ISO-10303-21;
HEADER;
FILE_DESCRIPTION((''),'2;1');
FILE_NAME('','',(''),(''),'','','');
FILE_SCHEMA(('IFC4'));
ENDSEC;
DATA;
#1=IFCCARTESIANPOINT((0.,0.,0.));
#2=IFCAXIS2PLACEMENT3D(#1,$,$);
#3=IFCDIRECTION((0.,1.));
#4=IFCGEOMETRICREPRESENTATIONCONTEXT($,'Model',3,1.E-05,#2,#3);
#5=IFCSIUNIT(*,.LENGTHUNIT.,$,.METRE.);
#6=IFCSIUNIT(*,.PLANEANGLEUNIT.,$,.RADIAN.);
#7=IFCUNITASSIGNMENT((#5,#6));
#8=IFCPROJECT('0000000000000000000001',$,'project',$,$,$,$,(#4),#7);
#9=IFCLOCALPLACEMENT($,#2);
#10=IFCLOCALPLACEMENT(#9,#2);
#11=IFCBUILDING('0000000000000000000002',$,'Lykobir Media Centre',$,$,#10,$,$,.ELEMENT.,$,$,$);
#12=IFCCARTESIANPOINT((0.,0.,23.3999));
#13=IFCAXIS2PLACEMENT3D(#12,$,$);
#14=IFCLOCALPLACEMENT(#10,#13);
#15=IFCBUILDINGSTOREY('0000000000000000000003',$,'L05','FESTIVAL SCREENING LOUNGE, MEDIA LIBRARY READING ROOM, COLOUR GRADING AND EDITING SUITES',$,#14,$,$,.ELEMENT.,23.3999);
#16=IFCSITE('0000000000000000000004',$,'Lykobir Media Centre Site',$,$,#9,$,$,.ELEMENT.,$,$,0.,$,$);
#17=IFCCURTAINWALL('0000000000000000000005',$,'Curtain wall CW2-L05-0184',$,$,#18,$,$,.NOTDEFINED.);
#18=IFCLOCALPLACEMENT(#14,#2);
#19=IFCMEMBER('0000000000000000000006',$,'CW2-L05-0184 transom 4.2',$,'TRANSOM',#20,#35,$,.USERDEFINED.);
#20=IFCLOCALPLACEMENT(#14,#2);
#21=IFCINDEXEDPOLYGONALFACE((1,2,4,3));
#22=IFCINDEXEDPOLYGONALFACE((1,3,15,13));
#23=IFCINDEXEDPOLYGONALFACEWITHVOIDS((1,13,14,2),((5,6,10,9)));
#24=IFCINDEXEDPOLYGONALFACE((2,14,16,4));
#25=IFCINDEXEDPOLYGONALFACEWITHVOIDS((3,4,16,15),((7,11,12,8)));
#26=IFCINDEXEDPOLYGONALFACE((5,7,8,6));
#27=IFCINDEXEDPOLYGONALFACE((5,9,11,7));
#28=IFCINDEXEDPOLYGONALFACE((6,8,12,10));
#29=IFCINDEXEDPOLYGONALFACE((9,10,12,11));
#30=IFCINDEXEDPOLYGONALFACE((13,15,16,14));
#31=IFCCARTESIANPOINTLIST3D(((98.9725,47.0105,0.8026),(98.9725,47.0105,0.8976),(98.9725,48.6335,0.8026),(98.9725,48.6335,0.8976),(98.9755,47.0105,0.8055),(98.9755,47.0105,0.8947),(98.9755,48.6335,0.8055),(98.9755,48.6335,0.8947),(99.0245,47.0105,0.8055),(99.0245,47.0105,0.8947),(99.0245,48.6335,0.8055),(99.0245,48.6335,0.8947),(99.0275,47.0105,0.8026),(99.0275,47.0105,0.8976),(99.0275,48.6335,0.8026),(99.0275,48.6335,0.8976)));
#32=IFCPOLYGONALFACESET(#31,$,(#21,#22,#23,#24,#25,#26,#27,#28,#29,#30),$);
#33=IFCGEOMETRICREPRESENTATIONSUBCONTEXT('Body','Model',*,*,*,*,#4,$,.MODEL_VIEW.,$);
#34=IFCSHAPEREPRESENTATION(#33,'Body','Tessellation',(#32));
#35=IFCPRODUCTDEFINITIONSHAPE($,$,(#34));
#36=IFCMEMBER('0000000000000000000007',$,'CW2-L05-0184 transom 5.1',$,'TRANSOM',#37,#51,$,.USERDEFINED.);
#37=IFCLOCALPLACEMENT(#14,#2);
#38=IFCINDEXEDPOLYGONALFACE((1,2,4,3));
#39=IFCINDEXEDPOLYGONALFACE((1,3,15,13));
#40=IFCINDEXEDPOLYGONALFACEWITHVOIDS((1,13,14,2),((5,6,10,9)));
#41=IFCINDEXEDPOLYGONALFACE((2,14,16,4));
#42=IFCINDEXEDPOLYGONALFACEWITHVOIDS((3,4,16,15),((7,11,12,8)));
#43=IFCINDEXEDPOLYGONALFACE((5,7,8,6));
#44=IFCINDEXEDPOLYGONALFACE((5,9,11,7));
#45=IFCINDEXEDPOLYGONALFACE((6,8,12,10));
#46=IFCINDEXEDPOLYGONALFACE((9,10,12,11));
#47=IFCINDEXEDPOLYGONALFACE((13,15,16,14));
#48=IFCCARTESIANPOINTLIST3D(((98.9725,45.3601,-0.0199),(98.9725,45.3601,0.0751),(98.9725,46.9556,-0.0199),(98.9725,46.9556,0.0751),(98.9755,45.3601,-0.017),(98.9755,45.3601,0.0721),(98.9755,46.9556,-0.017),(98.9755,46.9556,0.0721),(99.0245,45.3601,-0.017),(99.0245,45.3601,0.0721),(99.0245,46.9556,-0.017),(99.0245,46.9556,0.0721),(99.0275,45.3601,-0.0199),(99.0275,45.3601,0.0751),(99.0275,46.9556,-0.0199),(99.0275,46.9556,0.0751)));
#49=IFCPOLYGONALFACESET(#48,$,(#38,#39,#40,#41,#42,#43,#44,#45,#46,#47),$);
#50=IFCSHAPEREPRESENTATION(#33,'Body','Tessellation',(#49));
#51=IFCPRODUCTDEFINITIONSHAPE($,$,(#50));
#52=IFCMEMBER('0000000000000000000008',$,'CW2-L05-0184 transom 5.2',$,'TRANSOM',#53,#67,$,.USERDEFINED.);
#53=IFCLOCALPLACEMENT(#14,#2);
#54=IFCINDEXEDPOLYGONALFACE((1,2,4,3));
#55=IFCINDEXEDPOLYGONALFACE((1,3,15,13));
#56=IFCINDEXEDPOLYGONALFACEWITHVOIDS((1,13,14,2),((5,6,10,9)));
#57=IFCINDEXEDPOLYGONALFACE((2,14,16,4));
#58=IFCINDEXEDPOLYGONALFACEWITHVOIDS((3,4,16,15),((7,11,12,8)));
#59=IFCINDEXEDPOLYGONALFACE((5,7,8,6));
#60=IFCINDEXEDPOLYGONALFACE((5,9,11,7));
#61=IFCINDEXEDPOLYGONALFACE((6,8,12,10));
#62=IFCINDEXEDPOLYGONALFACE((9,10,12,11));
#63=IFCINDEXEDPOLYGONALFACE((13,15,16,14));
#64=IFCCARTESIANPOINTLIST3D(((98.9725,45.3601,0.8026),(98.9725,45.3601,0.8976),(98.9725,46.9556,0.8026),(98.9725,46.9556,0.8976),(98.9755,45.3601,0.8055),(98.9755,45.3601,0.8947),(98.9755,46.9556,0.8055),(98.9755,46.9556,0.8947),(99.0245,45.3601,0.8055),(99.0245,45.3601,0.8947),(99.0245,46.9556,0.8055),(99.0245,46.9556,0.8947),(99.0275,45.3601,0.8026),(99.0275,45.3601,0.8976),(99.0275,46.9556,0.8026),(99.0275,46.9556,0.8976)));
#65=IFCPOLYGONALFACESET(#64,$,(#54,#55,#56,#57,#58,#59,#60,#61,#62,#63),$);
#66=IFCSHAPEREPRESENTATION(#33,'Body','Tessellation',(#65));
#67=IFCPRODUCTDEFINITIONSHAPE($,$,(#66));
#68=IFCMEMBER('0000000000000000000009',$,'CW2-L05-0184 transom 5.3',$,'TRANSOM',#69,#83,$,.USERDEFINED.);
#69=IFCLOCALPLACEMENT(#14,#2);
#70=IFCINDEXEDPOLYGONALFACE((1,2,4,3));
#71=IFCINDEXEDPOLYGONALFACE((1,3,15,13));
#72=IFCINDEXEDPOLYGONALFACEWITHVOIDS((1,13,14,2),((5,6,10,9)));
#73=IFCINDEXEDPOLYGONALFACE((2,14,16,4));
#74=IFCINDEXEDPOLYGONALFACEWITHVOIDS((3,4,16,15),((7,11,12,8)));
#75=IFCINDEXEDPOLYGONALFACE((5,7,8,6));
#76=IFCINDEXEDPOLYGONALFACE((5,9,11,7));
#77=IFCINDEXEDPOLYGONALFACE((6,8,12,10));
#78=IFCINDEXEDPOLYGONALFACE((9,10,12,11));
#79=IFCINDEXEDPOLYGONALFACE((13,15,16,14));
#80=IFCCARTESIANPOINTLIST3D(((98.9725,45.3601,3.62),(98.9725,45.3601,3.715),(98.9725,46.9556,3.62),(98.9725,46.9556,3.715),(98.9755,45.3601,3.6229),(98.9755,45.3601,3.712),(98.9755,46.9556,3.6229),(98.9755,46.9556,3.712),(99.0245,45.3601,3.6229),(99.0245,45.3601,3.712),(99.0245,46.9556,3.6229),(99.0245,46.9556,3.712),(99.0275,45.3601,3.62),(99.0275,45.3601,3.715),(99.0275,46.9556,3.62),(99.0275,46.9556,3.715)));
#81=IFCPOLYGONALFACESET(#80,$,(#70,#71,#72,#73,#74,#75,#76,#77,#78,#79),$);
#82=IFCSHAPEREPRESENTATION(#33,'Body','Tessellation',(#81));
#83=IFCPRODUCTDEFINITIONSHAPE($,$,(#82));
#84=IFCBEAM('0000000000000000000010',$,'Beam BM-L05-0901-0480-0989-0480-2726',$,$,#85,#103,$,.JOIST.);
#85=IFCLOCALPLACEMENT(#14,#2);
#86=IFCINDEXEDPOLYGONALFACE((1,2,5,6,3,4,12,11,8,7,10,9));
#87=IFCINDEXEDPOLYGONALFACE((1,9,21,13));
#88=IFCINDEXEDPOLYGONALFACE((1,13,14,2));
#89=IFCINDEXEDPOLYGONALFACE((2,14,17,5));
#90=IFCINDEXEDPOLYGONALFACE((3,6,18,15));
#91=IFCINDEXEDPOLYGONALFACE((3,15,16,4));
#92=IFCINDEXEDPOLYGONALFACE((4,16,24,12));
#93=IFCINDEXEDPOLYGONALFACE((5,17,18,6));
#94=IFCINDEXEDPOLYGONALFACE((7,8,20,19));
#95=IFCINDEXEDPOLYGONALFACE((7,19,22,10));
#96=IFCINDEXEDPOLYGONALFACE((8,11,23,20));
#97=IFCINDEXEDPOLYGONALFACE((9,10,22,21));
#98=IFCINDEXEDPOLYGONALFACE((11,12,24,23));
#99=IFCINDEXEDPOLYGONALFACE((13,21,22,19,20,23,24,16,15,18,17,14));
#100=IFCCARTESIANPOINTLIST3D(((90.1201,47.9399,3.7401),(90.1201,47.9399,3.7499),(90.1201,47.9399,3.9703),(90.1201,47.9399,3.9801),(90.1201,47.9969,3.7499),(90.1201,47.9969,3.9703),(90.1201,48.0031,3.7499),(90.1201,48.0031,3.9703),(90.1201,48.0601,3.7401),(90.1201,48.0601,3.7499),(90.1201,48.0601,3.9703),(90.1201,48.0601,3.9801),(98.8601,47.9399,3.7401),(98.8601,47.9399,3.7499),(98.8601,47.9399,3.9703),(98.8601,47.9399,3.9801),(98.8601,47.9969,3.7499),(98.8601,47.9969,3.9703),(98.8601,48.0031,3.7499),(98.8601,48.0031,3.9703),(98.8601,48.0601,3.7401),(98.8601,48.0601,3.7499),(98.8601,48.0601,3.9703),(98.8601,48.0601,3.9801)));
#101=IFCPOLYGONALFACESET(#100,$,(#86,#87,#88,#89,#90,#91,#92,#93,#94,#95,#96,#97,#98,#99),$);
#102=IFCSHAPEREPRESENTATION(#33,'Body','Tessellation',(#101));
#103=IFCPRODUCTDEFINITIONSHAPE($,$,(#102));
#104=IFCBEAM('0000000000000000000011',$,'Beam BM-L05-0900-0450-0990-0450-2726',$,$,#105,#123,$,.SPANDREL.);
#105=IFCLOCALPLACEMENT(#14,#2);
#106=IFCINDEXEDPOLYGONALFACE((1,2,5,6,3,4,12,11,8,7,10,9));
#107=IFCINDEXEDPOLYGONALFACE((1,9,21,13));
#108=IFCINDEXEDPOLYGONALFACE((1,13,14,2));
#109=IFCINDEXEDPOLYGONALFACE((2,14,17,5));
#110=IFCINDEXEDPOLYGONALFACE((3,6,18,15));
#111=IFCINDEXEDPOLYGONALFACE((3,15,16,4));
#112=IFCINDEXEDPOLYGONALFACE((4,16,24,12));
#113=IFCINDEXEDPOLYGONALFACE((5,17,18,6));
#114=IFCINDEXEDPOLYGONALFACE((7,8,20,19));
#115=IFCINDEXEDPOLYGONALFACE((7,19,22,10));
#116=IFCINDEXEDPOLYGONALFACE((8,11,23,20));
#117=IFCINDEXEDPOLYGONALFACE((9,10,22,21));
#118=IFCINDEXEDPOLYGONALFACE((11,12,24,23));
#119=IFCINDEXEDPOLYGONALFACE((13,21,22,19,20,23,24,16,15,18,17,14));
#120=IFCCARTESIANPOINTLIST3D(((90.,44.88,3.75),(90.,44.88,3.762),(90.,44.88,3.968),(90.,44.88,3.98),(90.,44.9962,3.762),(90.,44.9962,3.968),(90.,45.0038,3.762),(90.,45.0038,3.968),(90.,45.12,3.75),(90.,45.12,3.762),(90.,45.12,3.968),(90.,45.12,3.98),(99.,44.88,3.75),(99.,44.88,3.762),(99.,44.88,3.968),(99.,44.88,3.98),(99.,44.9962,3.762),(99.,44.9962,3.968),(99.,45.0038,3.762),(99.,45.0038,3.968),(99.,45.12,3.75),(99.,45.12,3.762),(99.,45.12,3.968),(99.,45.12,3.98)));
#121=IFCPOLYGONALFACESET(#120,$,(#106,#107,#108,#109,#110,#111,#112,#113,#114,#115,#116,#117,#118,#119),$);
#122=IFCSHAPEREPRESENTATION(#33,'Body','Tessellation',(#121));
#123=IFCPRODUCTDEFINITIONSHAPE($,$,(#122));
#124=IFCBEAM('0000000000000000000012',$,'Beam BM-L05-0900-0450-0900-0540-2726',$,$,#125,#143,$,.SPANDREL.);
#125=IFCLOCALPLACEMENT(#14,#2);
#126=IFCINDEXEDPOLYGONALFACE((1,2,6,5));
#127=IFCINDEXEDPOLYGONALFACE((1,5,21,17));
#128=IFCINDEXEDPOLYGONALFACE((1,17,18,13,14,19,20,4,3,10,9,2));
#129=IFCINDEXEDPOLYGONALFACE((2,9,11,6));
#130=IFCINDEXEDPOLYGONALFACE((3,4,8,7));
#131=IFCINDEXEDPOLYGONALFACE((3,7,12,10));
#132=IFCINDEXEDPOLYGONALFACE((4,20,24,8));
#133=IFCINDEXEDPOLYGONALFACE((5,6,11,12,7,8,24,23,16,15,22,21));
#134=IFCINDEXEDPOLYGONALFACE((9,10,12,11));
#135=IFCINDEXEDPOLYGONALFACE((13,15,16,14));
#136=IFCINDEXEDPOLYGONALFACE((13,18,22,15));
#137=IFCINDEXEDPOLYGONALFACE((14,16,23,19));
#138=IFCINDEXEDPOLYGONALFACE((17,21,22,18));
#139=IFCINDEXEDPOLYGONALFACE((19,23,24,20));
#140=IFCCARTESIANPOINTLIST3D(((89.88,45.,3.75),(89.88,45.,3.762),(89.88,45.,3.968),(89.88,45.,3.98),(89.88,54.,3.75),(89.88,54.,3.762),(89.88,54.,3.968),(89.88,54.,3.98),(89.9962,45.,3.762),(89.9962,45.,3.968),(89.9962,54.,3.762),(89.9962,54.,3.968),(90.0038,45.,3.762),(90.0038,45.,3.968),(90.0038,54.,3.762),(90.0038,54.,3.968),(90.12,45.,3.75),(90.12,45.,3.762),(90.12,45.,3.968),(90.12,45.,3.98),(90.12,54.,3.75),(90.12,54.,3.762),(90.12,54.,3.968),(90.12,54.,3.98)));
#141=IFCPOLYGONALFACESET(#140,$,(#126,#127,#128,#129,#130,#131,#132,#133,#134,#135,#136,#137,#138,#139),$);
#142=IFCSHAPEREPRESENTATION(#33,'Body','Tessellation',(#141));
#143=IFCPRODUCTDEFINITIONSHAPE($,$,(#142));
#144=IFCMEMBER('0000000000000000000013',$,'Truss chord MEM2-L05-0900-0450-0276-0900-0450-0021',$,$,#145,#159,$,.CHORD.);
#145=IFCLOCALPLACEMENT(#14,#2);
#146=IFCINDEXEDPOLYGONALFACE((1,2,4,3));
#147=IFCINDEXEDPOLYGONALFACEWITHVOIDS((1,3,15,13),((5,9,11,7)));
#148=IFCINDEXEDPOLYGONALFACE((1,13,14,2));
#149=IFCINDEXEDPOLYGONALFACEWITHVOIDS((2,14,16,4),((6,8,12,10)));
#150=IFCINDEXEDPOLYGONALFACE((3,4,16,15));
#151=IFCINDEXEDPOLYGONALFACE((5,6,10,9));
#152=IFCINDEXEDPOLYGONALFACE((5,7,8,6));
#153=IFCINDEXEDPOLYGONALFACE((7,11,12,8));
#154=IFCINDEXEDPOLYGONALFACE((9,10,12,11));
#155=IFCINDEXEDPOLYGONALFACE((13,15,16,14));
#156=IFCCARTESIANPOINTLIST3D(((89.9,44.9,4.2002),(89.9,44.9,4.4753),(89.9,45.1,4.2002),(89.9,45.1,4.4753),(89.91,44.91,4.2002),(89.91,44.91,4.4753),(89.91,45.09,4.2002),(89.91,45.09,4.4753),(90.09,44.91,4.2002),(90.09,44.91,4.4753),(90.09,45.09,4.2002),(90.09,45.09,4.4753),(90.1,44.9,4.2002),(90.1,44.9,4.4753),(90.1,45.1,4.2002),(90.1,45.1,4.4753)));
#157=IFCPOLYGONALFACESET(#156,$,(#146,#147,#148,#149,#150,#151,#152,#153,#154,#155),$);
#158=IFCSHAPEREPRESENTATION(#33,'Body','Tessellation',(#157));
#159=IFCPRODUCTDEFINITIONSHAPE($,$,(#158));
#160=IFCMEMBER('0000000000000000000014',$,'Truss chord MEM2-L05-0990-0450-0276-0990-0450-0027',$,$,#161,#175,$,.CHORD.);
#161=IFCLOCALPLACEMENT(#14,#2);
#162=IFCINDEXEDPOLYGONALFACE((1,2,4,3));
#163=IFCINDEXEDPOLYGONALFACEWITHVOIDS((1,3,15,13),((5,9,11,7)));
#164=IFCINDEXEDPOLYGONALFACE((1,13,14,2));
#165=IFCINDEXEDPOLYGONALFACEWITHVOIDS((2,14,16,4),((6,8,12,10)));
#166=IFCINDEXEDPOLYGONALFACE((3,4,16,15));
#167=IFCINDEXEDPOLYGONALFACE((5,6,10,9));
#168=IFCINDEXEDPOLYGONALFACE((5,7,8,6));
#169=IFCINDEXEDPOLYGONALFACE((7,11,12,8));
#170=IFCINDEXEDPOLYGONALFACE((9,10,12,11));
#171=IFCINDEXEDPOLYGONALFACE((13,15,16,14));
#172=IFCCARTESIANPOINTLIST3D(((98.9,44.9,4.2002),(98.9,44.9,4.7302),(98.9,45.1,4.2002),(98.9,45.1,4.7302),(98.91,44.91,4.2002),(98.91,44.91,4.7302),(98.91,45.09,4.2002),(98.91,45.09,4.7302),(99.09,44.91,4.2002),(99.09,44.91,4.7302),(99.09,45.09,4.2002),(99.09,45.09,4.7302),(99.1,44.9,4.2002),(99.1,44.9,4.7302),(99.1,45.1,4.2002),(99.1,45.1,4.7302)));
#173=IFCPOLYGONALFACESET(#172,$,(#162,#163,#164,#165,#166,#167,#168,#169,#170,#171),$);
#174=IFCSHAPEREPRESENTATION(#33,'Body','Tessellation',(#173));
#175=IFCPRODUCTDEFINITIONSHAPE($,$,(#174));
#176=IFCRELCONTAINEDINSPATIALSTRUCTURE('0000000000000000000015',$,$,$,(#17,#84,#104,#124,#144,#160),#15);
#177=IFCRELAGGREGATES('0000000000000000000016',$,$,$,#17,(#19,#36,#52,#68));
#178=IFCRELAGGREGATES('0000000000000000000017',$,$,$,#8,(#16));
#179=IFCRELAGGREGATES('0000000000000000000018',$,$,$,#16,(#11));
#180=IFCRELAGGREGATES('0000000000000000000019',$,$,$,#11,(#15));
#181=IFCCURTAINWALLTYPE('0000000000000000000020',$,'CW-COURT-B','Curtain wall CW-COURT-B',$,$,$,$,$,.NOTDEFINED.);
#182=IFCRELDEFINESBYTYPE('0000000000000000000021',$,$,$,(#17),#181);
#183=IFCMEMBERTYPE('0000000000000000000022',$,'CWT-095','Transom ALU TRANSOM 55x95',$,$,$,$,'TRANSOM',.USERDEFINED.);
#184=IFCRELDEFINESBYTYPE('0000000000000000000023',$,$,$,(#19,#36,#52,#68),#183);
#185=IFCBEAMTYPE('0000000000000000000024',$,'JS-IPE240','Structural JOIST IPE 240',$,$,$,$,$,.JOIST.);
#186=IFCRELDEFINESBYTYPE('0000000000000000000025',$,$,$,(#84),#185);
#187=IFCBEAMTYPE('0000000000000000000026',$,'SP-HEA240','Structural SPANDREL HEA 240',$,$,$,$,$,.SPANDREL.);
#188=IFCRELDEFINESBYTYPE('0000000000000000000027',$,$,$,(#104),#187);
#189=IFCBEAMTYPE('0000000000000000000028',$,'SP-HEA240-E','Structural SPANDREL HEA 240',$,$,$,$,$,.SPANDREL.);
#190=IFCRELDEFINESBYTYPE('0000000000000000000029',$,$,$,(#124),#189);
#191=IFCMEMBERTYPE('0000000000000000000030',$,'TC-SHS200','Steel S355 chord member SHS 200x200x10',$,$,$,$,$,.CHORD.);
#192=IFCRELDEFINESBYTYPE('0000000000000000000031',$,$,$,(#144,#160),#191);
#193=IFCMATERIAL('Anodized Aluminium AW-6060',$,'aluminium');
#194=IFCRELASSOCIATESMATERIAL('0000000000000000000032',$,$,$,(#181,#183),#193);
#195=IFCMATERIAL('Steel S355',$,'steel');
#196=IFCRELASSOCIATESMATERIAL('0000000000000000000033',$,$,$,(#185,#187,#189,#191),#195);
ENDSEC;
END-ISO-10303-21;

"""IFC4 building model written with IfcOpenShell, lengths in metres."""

from ifc_helpers import new_model, si_unit, direction, frame, origin, origin_2d, place, context, subcontext, project, spatial, hollow_rectangle, i_section, extrude, material, material_profile, profile_set, type_object, element, aggregate, save


model = new_model("IFC4")

# Units and contexts
model_context = context("Model", 3, precision=1e-05, world=origin(), true_north=direction((0.0, 1.0)))
body_context = subcontext(model_context, "Body", "Model", "MODEL_VIEW")
ifc_project = project(units=[si_unit("LENGTHUNIT", "METRE"), si_unit("PLANEANGLEUNIT", "RADIAN")], contexts=[model_context])

# Site, building, storey
site_placement = place(None, origin())
site = spatial("IfcSite", under=ifc_project, at=site_placement, Name="Lykobir Media Centre Site", CompositionType="ELEMENT", RefElevation=0.0)
building_placement = place(site_placement, origin())
building = spatial("IfcBuilding", under=site, at=building_placement, Name="Lykobir Media Centre", CompositionType="ELEMENT")
storey_placement = place(building_placement, frame((0.0, 0.0, 23.3999)))
storey = spatial("IfcBuildingStorey", under=building, at=storey_placement, Name="L05", Description="FESTIVAL SCREENING LOUNGE, MEDIA LIBRARY READING ROOM, COLOUR GRADING AND EDITING SUITES", CompositionType="ELEMENT", Elevation=23.3999)

# Shared definitions
ifc_material_1 = material(Name="Steel S355", Category="steel")

# Shared definitions
ifc_material_2 = material(Name="Anodized Aluminium AW-6060", Category="aluminium")
curtain_wall_type = type_object("IfcCurtainWallType", Name="CW-COURT-B", Description="Curtain wall CW-COURT-B", PredefinedType="NOTDEFINED", material=ifc_material_2)

# Curtain wall
curtain_wall_1_placement = place(storey_placement, origin())
curtain_wall_1 = element("IfcCurtainWall", 1, at=curtain_wall_1_placement, inside=storey, type_object=curtain_wall_type, Name="Curtain wall CW2-L05-0184", PredefinedType="NOTDEFINED")

# Members
ifc_material_profile_1 = material_profile(ifc_material_2, hollow_rectangle(XDim=0.0549, YDim=0.095, WallThickness=0.0029, at=origin_2d()), Name="ALU TRANSOM 55x95")
ifc_profile_set_1 = profile_set([ifc_material_profile_1], Name="Anodized Aluminium AW-6060")
member_type_1 = type_object("IfcMemberType", Name="CWT-095", Description="Transom ALU TRANSOM 55x95", ElementType="TRANSOM", PredefinedType="USERDEFINED", material=ifc_profile_set_1)
member_1_placement = place(storey_placement, frame((99.0, 48.6335, 0.8501), z_axis=(0.0, -1.0, 0.0), x_axis=(1.0, 0.0, 0.0)))
member_1 = element("IfcMember", 2, at=member_1_placement, type_object=member_type_1, Name="CW2-L05-0184 transom 4.2", ObjectType="TRANSOM", PredefinedType="USERDEFINED", context=body_context, shape_type="SweptSolid", body=[
    extrude(hollow_rectangle(XDim=0.0549, YDim=0.095, WallThickness=0.0029, at=origin_2d()), origin(), (0.0, 0.0, 1.0), 1.623),
])
member_2_placement = place(storey_placement, frame((99.0, 46.9556, 0.0276), z_axis=(0.0, -1.0, 0.0), x_axis=(1.0, 0.0, 0.0)))
member_2 = element("IfcMember", 3, at=member_2_placement, type_object=member_type_1, Name="CW2-L05-0184 transom 5.1", ObjectType="TRANSOM", PredefinedType="USERDEFINED", context=body_context, shape_type="SweptSolid", body=[
    extrude(hollow_rectangle(XDim=0.0549, YDim=0.095, WallThickness=0.0029, at=origin_2d()), origin(), (0.0, 0.0, 1.0), 1.5955),
])
member_3_placement = place(storey_placement, frame((99.0, 46.9556, 0.8501), z_axis=(0.0, -1.0, 0.0), x_axis=(1.0, 0.0, 0.0)))
member_3 = element("IfcMember", 4, at=member_3_placement, type_object=member_type_1, Name="CW2-L05-0184 transom 5.2", ObjectType="TRANSOM", PredefinedType="USERDEFINED", context=body_context, shape_type="SweptSolid", body=[
    extrude(hollow_rectangle(XDim=0.0549, YDim=0.095, WallThickness=0.0029, at=origin_2d()), origin(), (0.0, 0.0, 1.0), 1.5955),
])
member_4_placement = place(storey_placement, frame((99.0, 46.9556, 3.6675), z_axis=(0.0, -1.0, 0.0), x_axis=(1.0, 0.0, 0.0)))
member_4 = element("IfcMember", 5, at=member_4_placement, type_object=member_type_1, Name="CW2-L05-0184 transom 5.3", ObjectType="TRANSOM", PredefinedType="USERDEFINED", context=body_context, shape_type="SweptSolid", body=[
    extrude(hollow_rectangle(XDim=0.0549, YDim=0.095, WallThickness=0.0029, at=origin_2d()), origin(), (0.0, 0.0, 1.0), 1.5955),
])

# Beams
ifc_material_profile_2 = material_profile(ifc_material_1, i_section(OverallWidth=0.1201, OverallDepth=0.24, WebThickness=0.0061, FlangeThickness=0.0098, at=origin_2d()), Name="IPE 240")
ifc_profile_set_2 = profile_set([ifc_material_profile_2], Name="Steel S355")
beam_type_1 = type_object("IfcBeamType", Name="JS-IPE240", Description="Structural JOIST IPE 240", PredefinedType="JOIST", material=ifc_profile_set_2)
beam_1_placement = place(storey_placement, frame((90.1201, 48.0, 3.8601), z_axis=(1.0, 0.0, 0.0), x_axis=(0.0, 1.0, 0.0)))
element("IfcBeam", 6, at=beam_1_placement, inside=storey, type_object=beam_type_1, Name="Beam BM-L05-0901-0480-0989-0480-2726", PredefinedType="JOIST", context=body_context, shape_type="SweptSolid", body=[
    extrude(i_section(OverallWidth=0.1201, OverallDepth=0.24, WebThickness=0.0061, FlangeThickness=0.0098, at=origin_2d()), origin(), (0.0, 0.0, 1.0), 8.74),
])
ifc_material_profile_3 = material_profile(ifc_material_1, i_section(OverallWidth=0.24, OverallDepth=0.23, WebThickness=0.0076, FlangeThickness=0.012, at=origin_2d()), Name="HEA 240")
ifc_profile_set_3 = profile_set([ifc_material_profile_3], Name="Steel S355")
beam_type_2 = type_object("IfcBeamType", Name="SP-HEA240", Description="Structural SPANDREL HEA 240", PredefinedType="SPANDREL", material=ifc_profile_set_3)
beam_2_placement = place(storey_placement, frame((90.0, 45.0, 3.865), z_axis=(1.0, 0.0, 0.0), x_axis=(0.0, 1.0, 0.0)))
element("IfcBeam", 7, at=beam_2_placement, inside=storey, type_object=beam_type_2, Name="Beam BM-L05-0900-0450-0990-0450-2726", PredefinedType="SPANDREL", context=body_context, shape_type="SweptSolid", body=[
    extrude(i_section(OverallWidth=0.24, OverallDepth=0.23, WebThickness=0.0076, FlangeThickness=0.012, at=origin_2d()), origin(), (0.0, 0.0, 1.0), 9.0),
])
ifc_material_profile_4 = material_profile(ifc_material_1, i_section(OverallWidth=0.24, OverallDepth=0.23, WebThickness=0.0076, FlangeThickness=0.012, at=origin_2d()), Name="HEA 240")
ifc_profile_set_4 = profile_set([ifc_material_profile_4], Name="Steel S355")
beam_type_3 = type_object("IfcBeamType", Name="SP-HEA240-E", Description="Structural SPANDREL HEA 240", PredefinedType="SPANDREL", material=ifc_profile_set_4)
beam_3_placement = place(storey_placement, frame((90.0, 45.0, 3.865), z_axis=(0.0, 1.0, 0.0), x_axis=(-1.0, 0.0, 0.0)))
element("IfcBeam", 8, at=beam_3_placement, inside=storey, type_object=beam_type_3, Name="Beam BM-L05-0900-0450-0900-0540-2726", PredefinedType="SPANDREL", context=body_context, shape_type="SweptSolid", body=[
    extrude(i_section(OverallWidth=0.24, OverallDepth=0.23, WebThickness=0.0076, FlangeThickness=0.012, at=origin_2d()), origin(), (0.0, 0.0, 1.0), 9.0),
])

# Members
ifc_material_profile_5 = material_profile(ifc_material_1, hollow_rectangle(XDim=0.2, YDim=0.2, WallThickness=0.01, at=origin_2d()), Name="SHS 200x200x10")
ifc_profile_set_5 = profile_set([ifc_material_profile_5], Name="Steel S355")
member_type_2 = type_object("IfcMemberType", Name="TC-SHS200", Description="Steel S355 chord member SHS 200x200x10", PredefinedType="CHORD", material=ifc_profile_set_5)
member_5_placement = place(storey_placement, frame((90.0, 45.0, 4.2002), z_axis=(0.0, 0.0, 1.0), x_axis=(1.0, 0.0, 0.0)))
element("IfcMember", 9, at=member_5_placement, inside=storey, type_object=member_type_2, Name="Truss chord MEM2-L05-0900-0450-0276-0900-0450-0021", PredefinedType="CHORD", context=body_context, shape_type="SweptSolid", body=[
    extrude(hollow_rectangle(XDim=0.2, YDim=0.2, WallThickness=0.01, at=origin_2d()), origin(), (0.0, 0.0, 1.0), 0.2751),
])
member_6_placement = place(storey_placement, frame((99.0, 45.0, 4.2002), z_axis=(0.0, 0.0, 1.0), x_axis=(1.0, 0.0, 0.0)))
element("IfcMember", 10, at=member_6_placement, inside=storey, type_object=member_type_2, Name="Truss chord MEM2-L05-0990-0450-0276-0990-0450-0027", PredefinedType="CHORD", context=body_context, shape_type="SweptSolid", body=[
    extrude(hollow_rectangle(XDim=0.2, YDim=0.2, WallThickness=0.01, at=origin_2d()), origin(), (0.0, 0.0, 1.0), 0.53),
])

aggregate(curtain_wall_1, [member_1, member_2, member_3, member_4])

save(model, "model.ifc")
